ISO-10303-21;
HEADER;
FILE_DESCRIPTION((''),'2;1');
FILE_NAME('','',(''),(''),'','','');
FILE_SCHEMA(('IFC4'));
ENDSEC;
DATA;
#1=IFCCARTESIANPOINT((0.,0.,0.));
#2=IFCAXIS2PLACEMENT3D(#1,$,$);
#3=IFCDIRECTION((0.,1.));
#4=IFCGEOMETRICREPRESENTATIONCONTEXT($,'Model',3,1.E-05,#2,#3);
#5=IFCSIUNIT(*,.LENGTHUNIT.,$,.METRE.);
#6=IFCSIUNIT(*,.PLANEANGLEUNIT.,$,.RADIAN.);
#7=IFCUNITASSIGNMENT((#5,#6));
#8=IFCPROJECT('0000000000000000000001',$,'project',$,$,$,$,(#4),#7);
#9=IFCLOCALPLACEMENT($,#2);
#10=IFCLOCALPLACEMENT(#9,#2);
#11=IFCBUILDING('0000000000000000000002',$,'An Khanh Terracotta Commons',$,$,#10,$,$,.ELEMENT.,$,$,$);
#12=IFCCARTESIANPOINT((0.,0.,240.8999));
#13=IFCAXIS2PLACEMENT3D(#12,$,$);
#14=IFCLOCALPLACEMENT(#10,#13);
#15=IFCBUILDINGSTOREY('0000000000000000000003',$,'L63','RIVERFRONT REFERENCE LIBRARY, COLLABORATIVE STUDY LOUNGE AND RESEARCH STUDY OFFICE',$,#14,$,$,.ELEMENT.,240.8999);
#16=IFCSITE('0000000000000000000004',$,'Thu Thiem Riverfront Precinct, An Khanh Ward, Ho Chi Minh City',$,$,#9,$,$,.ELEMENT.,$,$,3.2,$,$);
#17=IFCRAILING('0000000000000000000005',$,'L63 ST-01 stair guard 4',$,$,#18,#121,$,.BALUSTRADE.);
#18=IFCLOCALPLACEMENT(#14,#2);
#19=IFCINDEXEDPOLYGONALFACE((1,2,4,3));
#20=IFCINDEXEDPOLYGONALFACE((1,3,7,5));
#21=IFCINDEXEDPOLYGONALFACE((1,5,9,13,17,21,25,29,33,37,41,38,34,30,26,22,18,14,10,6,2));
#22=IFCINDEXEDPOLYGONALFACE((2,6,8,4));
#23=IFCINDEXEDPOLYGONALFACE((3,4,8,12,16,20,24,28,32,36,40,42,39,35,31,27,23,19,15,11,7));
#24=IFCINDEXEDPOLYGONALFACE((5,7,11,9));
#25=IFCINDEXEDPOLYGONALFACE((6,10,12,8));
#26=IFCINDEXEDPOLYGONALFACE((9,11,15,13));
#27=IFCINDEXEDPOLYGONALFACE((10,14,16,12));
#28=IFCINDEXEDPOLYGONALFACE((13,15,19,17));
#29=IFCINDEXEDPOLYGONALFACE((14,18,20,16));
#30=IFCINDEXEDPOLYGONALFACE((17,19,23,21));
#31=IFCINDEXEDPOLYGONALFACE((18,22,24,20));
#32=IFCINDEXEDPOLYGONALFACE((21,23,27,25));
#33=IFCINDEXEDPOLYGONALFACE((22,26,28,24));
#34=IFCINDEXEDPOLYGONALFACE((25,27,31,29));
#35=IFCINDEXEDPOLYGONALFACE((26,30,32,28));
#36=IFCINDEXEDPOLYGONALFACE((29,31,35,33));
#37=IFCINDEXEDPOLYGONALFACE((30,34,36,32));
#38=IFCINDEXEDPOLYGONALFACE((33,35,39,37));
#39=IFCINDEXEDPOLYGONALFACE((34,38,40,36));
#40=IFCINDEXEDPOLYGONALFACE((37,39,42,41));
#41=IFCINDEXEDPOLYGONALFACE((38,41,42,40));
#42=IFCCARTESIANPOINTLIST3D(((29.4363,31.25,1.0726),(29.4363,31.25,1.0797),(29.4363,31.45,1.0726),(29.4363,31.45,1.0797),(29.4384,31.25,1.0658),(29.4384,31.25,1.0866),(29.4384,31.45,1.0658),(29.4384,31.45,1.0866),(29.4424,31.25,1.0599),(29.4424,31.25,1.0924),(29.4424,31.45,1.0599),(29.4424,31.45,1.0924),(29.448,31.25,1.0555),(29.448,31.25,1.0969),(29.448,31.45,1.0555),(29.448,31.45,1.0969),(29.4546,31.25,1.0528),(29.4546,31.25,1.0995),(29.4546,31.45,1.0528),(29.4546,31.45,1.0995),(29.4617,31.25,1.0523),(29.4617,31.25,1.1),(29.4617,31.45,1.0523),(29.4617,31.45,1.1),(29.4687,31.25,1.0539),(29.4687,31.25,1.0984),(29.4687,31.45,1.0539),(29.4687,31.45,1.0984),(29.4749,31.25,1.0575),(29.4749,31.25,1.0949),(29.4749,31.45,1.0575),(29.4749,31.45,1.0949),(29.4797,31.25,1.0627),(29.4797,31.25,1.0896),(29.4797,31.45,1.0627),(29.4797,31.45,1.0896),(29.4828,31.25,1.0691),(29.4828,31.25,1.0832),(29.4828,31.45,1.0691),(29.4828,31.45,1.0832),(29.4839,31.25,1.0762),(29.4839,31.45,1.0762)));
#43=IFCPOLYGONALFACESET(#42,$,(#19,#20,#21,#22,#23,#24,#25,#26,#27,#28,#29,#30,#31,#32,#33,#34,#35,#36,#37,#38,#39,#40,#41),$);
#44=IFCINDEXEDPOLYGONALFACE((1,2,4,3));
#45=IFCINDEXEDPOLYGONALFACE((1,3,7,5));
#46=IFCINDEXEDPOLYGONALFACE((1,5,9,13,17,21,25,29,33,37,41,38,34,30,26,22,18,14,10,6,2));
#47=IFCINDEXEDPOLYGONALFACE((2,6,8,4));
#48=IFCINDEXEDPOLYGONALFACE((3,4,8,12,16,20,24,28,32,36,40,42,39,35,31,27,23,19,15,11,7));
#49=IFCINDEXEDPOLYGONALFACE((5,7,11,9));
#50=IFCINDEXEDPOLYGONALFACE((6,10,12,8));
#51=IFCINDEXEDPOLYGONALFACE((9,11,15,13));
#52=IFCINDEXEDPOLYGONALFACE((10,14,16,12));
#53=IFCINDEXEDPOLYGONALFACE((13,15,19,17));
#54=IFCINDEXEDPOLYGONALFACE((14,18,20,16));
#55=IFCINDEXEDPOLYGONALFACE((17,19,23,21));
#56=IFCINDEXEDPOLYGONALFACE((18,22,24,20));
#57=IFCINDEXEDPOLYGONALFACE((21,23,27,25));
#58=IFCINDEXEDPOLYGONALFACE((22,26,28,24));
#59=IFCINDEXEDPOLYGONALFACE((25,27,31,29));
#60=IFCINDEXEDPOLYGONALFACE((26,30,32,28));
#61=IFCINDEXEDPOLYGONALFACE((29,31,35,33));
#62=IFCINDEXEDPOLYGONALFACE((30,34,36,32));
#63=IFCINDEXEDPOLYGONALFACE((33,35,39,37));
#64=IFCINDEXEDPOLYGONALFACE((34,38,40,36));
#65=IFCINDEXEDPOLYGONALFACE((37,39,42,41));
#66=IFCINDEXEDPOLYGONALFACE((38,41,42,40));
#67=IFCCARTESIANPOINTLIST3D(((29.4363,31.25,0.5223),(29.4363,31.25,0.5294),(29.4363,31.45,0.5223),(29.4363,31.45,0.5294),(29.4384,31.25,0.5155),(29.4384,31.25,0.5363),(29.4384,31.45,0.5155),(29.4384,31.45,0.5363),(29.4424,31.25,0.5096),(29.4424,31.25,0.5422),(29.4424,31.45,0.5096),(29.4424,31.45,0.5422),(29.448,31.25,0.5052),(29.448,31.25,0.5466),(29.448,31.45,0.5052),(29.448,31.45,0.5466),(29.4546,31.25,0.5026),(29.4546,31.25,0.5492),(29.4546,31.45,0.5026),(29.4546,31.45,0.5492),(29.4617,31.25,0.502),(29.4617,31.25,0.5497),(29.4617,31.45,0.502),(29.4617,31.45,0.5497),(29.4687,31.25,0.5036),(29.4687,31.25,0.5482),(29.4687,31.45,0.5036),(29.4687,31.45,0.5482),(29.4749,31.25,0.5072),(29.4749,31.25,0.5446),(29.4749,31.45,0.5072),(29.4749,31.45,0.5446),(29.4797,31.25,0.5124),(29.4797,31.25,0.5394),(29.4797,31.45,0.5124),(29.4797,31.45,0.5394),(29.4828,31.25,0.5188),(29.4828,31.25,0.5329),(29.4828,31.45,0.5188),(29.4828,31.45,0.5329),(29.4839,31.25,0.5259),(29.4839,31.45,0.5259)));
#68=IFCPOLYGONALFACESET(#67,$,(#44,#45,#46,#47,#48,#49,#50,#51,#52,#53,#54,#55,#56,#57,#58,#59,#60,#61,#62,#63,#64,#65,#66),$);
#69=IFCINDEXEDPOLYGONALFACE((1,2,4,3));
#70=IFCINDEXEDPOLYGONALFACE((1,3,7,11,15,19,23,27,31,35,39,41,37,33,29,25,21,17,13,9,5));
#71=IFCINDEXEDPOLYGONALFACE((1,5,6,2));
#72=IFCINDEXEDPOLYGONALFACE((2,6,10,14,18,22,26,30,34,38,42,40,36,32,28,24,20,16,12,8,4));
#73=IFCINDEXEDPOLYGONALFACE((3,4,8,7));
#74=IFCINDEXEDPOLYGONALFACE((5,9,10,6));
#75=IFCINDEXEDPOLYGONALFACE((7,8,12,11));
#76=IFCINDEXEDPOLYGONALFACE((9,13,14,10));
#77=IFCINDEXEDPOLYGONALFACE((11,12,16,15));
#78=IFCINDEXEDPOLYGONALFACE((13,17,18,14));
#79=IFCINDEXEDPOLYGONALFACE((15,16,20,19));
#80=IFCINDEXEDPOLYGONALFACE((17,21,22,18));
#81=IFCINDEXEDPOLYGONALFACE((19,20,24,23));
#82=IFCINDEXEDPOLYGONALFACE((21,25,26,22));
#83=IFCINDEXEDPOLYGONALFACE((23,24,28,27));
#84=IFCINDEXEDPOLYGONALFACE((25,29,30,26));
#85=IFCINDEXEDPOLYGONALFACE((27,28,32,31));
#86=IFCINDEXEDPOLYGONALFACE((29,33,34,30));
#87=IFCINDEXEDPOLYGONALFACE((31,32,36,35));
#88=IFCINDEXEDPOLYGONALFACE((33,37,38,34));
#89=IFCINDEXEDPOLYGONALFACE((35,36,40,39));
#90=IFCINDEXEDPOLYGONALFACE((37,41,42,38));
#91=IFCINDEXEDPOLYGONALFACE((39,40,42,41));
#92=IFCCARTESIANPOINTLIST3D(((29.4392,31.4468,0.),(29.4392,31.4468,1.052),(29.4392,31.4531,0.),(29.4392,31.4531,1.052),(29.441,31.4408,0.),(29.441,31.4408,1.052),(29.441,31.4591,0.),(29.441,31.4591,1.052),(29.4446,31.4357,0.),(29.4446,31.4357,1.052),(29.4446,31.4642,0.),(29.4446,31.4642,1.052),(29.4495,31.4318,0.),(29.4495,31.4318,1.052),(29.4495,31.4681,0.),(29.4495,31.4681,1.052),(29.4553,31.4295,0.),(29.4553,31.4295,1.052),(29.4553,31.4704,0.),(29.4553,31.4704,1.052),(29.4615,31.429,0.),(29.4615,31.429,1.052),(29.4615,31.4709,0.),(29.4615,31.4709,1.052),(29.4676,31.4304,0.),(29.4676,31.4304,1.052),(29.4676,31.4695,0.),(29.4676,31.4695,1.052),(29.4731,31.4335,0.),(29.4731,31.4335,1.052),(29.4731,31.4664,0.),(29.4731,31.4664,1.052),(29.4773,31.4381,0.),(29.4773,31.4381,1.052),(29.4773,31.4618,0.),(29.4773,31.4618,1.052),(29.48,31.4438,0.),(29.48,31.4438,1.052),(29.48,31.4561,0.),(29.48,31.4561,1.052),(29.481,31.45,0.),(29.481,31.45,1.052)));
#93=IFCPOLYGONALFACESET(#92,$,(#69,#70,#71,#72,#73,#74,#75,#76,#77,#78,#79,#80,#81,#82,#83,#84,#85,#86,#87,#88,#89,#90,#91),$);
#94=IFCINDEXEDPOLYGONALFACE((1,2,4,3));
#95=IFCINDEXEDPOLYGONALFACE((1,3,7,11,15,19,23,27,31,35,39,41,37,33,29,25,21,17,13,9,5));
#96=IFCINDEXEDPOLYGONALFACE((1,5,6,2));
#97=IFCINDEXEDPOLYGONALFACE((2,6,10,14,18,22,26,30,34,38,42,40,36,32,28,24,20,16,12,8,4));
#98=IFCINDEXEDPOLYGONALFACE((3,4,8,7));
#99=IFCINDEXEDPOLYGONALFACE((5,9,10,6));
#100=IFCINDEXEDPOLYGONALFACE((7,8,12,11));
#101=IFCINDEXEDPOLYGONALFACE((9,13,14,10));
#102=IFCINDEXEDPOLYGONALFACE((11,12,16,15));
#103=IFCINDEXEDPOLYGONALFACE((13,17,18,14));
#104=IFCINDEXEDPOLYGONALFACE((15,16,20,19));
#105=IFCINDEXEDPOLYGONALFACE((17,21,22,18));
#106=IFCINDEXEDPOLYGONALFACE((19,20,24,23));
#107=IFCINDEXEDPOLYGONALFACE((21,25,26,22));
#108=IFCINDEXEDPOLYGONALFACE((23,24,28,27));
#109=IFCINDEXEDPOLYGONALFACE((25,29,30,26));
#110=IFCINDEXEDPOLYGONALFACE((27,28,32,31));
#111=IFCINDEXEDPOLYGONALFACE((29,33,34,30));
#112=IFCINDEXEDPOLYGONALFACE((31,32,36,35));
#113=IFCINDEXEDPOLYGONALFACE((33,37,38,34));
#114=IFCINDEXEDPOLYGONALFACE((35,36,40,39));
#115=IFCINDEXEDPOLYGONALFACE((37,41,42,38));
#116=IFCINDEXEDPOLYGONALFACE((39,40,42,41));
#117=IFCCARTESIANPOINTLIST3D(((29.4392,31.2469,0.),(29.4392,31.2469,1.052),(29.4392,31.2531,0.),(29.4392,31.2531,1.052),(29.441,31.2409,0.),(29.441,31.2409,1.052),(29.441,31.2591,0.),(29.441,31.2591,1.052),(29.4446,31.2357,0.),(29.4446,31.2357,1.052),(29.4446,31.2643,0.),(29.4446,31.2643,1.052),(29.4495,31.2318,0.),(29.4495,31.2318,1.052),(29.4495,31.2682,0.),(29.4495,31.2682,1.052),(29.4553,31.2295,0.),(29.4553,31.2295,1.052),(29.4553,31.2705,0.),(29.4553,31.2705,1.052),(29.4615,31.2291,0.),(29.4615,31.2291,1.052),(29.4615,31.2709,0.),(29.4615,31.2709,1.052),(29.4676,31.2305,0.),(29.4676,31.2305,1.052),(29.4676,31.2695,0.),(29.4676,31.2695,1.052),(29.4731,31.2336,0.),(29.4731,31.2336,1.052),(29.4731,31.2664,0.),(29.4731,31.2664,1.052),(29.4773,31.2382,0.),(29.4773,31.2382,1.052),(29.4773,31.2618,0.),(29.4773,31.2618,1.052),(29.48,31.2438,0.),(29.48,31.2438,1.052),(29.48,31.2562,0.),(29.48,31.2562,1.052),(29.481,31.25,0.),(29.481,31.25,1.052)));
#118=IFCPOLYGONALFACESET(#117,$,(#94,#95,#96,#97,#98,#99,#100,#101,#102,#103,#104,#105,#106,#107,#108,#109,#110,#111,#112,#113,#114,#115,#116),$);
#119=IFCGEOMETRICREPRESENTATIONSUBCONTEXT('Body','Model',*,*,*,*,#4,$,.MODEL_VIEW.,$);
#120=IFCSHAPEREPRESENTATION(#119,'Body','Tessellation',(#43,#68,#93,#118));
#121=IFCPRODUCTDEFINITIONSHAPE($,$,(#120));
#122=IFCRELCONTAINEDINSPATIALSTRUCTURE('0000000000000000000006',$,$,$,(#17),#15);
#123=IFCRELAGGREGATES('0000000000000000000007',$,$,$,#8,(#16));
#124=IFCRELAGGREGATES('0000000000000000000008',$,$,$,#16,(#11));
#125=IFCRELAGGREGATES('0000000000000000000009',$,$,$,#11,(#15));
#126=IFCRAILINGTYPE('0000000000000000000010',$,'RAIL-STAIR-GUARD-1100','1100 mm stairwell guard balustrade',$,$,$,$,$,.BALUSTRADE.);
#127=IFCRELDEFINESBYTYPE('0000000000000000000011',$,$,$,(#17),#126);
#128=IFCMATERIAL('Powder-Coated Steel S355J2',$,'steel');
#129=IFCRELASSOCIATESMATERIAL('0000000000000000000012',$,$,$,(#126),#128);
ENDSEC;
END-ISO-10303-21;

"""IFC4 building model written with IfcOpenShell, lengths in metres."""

from ifc_helpers import new_model, si_unit, direction, frame, origin, origin_2d, place, context, subcontext, project, spatial, circle, extrude, material, type_object, element, save


model = new_model("IFC4")

# Units and contexts
model_context = context("Model", 3, precision=1e-05, world=origin(), true_north=direction((0.0, 1.0)))
body_context = subcontext(model_context, "Body", "Model", "MODEL_VIEW")
ifc_project = project(units=[si_unit("LENGTHUNIT", "METRE"), si_unit("PLANEANGLEUNIT", "RADIAN")], contexts=[model_context])

# Site, building, storey
site_placement = place(None, origin())
site = spatial("IfcSite", under=ifc_project, at=site_placement, Name="Thu Thiem Riverfront Precinct, An Khanh Ward, Ho Chi Minh City", CompositionType="ELEMENT", RefElevation=3.2)
building_placement = place(site_placement, origin())
building = spatial("IfcBuilding", under=site, at=building_placement, Name="An Khanh Terracotta Commons", CompositionType="ELEMENT")
storey_placement = place(building_placement, frame((0.0, 0.0, 240.8999)))
storey = spatial("IfcBuildingStorey", under=building, at=storey_placement, Name="L63", Description="RIVERFRONT REFERENCE LIBRARY, COLLABORATIVE STUDY LOUNGE AND RESEARCH STUDY OFFICE", CompositionType="ELEMENT", Elevation=240.8999)

# Railing
ifc_material_1 = material(Name="Powder-Coated Steel S355J2", Category="steel")
railing_type_1 = type_object("IfcRailingType", Name="RAIL-STAIR-GUARD-1100", Description="1100 mm stairwell guard balustrade", PredefinedType="BALUSTRADE", material=ifc_material_1)
railing_1_placement = place(storey_placement, frame((29.46, 31.45, 0.0)))
element("IfcRailing", 1, at=railing_1_placement, inside=storey, type_object=railing_type_1, Name="L63 ST-01 stair guard 4", PredefinedType="BALUSTRADE", context=body_context, shape_type="SweptSolid", body=[
    extrude(circle(Radius=0.0239, at=origin_2d()), frame((0.0, 0.0, 1.0762), z_axis=(0.0, -1.0, 0.0), x_axis=(1.0, 0.0, 0.0)), (0.0, 0.0, 1.0), 0.2),
    extrude(circle(Radius=0.0239, at=origin_2d()), frame((0.0, 0.0, 0.5259), z_axis=(0.0, -1.0, 0.0), x_axis=(1.0, 0.0, 0.0)), (0.0, 0.0, 1.0), 0.2),
    extrude(circle(Radius=0.021, at=origin_2d()), origin(), (0.0, 0.0, 1.0), 1.052),
    extrude(circle(Radius=0.021, at=origin_2d()), frame((0.0, -0.2, 0.0)), (0.0, 0.0, 1.0), 1.052),
])

save(model, "model.ifc")
